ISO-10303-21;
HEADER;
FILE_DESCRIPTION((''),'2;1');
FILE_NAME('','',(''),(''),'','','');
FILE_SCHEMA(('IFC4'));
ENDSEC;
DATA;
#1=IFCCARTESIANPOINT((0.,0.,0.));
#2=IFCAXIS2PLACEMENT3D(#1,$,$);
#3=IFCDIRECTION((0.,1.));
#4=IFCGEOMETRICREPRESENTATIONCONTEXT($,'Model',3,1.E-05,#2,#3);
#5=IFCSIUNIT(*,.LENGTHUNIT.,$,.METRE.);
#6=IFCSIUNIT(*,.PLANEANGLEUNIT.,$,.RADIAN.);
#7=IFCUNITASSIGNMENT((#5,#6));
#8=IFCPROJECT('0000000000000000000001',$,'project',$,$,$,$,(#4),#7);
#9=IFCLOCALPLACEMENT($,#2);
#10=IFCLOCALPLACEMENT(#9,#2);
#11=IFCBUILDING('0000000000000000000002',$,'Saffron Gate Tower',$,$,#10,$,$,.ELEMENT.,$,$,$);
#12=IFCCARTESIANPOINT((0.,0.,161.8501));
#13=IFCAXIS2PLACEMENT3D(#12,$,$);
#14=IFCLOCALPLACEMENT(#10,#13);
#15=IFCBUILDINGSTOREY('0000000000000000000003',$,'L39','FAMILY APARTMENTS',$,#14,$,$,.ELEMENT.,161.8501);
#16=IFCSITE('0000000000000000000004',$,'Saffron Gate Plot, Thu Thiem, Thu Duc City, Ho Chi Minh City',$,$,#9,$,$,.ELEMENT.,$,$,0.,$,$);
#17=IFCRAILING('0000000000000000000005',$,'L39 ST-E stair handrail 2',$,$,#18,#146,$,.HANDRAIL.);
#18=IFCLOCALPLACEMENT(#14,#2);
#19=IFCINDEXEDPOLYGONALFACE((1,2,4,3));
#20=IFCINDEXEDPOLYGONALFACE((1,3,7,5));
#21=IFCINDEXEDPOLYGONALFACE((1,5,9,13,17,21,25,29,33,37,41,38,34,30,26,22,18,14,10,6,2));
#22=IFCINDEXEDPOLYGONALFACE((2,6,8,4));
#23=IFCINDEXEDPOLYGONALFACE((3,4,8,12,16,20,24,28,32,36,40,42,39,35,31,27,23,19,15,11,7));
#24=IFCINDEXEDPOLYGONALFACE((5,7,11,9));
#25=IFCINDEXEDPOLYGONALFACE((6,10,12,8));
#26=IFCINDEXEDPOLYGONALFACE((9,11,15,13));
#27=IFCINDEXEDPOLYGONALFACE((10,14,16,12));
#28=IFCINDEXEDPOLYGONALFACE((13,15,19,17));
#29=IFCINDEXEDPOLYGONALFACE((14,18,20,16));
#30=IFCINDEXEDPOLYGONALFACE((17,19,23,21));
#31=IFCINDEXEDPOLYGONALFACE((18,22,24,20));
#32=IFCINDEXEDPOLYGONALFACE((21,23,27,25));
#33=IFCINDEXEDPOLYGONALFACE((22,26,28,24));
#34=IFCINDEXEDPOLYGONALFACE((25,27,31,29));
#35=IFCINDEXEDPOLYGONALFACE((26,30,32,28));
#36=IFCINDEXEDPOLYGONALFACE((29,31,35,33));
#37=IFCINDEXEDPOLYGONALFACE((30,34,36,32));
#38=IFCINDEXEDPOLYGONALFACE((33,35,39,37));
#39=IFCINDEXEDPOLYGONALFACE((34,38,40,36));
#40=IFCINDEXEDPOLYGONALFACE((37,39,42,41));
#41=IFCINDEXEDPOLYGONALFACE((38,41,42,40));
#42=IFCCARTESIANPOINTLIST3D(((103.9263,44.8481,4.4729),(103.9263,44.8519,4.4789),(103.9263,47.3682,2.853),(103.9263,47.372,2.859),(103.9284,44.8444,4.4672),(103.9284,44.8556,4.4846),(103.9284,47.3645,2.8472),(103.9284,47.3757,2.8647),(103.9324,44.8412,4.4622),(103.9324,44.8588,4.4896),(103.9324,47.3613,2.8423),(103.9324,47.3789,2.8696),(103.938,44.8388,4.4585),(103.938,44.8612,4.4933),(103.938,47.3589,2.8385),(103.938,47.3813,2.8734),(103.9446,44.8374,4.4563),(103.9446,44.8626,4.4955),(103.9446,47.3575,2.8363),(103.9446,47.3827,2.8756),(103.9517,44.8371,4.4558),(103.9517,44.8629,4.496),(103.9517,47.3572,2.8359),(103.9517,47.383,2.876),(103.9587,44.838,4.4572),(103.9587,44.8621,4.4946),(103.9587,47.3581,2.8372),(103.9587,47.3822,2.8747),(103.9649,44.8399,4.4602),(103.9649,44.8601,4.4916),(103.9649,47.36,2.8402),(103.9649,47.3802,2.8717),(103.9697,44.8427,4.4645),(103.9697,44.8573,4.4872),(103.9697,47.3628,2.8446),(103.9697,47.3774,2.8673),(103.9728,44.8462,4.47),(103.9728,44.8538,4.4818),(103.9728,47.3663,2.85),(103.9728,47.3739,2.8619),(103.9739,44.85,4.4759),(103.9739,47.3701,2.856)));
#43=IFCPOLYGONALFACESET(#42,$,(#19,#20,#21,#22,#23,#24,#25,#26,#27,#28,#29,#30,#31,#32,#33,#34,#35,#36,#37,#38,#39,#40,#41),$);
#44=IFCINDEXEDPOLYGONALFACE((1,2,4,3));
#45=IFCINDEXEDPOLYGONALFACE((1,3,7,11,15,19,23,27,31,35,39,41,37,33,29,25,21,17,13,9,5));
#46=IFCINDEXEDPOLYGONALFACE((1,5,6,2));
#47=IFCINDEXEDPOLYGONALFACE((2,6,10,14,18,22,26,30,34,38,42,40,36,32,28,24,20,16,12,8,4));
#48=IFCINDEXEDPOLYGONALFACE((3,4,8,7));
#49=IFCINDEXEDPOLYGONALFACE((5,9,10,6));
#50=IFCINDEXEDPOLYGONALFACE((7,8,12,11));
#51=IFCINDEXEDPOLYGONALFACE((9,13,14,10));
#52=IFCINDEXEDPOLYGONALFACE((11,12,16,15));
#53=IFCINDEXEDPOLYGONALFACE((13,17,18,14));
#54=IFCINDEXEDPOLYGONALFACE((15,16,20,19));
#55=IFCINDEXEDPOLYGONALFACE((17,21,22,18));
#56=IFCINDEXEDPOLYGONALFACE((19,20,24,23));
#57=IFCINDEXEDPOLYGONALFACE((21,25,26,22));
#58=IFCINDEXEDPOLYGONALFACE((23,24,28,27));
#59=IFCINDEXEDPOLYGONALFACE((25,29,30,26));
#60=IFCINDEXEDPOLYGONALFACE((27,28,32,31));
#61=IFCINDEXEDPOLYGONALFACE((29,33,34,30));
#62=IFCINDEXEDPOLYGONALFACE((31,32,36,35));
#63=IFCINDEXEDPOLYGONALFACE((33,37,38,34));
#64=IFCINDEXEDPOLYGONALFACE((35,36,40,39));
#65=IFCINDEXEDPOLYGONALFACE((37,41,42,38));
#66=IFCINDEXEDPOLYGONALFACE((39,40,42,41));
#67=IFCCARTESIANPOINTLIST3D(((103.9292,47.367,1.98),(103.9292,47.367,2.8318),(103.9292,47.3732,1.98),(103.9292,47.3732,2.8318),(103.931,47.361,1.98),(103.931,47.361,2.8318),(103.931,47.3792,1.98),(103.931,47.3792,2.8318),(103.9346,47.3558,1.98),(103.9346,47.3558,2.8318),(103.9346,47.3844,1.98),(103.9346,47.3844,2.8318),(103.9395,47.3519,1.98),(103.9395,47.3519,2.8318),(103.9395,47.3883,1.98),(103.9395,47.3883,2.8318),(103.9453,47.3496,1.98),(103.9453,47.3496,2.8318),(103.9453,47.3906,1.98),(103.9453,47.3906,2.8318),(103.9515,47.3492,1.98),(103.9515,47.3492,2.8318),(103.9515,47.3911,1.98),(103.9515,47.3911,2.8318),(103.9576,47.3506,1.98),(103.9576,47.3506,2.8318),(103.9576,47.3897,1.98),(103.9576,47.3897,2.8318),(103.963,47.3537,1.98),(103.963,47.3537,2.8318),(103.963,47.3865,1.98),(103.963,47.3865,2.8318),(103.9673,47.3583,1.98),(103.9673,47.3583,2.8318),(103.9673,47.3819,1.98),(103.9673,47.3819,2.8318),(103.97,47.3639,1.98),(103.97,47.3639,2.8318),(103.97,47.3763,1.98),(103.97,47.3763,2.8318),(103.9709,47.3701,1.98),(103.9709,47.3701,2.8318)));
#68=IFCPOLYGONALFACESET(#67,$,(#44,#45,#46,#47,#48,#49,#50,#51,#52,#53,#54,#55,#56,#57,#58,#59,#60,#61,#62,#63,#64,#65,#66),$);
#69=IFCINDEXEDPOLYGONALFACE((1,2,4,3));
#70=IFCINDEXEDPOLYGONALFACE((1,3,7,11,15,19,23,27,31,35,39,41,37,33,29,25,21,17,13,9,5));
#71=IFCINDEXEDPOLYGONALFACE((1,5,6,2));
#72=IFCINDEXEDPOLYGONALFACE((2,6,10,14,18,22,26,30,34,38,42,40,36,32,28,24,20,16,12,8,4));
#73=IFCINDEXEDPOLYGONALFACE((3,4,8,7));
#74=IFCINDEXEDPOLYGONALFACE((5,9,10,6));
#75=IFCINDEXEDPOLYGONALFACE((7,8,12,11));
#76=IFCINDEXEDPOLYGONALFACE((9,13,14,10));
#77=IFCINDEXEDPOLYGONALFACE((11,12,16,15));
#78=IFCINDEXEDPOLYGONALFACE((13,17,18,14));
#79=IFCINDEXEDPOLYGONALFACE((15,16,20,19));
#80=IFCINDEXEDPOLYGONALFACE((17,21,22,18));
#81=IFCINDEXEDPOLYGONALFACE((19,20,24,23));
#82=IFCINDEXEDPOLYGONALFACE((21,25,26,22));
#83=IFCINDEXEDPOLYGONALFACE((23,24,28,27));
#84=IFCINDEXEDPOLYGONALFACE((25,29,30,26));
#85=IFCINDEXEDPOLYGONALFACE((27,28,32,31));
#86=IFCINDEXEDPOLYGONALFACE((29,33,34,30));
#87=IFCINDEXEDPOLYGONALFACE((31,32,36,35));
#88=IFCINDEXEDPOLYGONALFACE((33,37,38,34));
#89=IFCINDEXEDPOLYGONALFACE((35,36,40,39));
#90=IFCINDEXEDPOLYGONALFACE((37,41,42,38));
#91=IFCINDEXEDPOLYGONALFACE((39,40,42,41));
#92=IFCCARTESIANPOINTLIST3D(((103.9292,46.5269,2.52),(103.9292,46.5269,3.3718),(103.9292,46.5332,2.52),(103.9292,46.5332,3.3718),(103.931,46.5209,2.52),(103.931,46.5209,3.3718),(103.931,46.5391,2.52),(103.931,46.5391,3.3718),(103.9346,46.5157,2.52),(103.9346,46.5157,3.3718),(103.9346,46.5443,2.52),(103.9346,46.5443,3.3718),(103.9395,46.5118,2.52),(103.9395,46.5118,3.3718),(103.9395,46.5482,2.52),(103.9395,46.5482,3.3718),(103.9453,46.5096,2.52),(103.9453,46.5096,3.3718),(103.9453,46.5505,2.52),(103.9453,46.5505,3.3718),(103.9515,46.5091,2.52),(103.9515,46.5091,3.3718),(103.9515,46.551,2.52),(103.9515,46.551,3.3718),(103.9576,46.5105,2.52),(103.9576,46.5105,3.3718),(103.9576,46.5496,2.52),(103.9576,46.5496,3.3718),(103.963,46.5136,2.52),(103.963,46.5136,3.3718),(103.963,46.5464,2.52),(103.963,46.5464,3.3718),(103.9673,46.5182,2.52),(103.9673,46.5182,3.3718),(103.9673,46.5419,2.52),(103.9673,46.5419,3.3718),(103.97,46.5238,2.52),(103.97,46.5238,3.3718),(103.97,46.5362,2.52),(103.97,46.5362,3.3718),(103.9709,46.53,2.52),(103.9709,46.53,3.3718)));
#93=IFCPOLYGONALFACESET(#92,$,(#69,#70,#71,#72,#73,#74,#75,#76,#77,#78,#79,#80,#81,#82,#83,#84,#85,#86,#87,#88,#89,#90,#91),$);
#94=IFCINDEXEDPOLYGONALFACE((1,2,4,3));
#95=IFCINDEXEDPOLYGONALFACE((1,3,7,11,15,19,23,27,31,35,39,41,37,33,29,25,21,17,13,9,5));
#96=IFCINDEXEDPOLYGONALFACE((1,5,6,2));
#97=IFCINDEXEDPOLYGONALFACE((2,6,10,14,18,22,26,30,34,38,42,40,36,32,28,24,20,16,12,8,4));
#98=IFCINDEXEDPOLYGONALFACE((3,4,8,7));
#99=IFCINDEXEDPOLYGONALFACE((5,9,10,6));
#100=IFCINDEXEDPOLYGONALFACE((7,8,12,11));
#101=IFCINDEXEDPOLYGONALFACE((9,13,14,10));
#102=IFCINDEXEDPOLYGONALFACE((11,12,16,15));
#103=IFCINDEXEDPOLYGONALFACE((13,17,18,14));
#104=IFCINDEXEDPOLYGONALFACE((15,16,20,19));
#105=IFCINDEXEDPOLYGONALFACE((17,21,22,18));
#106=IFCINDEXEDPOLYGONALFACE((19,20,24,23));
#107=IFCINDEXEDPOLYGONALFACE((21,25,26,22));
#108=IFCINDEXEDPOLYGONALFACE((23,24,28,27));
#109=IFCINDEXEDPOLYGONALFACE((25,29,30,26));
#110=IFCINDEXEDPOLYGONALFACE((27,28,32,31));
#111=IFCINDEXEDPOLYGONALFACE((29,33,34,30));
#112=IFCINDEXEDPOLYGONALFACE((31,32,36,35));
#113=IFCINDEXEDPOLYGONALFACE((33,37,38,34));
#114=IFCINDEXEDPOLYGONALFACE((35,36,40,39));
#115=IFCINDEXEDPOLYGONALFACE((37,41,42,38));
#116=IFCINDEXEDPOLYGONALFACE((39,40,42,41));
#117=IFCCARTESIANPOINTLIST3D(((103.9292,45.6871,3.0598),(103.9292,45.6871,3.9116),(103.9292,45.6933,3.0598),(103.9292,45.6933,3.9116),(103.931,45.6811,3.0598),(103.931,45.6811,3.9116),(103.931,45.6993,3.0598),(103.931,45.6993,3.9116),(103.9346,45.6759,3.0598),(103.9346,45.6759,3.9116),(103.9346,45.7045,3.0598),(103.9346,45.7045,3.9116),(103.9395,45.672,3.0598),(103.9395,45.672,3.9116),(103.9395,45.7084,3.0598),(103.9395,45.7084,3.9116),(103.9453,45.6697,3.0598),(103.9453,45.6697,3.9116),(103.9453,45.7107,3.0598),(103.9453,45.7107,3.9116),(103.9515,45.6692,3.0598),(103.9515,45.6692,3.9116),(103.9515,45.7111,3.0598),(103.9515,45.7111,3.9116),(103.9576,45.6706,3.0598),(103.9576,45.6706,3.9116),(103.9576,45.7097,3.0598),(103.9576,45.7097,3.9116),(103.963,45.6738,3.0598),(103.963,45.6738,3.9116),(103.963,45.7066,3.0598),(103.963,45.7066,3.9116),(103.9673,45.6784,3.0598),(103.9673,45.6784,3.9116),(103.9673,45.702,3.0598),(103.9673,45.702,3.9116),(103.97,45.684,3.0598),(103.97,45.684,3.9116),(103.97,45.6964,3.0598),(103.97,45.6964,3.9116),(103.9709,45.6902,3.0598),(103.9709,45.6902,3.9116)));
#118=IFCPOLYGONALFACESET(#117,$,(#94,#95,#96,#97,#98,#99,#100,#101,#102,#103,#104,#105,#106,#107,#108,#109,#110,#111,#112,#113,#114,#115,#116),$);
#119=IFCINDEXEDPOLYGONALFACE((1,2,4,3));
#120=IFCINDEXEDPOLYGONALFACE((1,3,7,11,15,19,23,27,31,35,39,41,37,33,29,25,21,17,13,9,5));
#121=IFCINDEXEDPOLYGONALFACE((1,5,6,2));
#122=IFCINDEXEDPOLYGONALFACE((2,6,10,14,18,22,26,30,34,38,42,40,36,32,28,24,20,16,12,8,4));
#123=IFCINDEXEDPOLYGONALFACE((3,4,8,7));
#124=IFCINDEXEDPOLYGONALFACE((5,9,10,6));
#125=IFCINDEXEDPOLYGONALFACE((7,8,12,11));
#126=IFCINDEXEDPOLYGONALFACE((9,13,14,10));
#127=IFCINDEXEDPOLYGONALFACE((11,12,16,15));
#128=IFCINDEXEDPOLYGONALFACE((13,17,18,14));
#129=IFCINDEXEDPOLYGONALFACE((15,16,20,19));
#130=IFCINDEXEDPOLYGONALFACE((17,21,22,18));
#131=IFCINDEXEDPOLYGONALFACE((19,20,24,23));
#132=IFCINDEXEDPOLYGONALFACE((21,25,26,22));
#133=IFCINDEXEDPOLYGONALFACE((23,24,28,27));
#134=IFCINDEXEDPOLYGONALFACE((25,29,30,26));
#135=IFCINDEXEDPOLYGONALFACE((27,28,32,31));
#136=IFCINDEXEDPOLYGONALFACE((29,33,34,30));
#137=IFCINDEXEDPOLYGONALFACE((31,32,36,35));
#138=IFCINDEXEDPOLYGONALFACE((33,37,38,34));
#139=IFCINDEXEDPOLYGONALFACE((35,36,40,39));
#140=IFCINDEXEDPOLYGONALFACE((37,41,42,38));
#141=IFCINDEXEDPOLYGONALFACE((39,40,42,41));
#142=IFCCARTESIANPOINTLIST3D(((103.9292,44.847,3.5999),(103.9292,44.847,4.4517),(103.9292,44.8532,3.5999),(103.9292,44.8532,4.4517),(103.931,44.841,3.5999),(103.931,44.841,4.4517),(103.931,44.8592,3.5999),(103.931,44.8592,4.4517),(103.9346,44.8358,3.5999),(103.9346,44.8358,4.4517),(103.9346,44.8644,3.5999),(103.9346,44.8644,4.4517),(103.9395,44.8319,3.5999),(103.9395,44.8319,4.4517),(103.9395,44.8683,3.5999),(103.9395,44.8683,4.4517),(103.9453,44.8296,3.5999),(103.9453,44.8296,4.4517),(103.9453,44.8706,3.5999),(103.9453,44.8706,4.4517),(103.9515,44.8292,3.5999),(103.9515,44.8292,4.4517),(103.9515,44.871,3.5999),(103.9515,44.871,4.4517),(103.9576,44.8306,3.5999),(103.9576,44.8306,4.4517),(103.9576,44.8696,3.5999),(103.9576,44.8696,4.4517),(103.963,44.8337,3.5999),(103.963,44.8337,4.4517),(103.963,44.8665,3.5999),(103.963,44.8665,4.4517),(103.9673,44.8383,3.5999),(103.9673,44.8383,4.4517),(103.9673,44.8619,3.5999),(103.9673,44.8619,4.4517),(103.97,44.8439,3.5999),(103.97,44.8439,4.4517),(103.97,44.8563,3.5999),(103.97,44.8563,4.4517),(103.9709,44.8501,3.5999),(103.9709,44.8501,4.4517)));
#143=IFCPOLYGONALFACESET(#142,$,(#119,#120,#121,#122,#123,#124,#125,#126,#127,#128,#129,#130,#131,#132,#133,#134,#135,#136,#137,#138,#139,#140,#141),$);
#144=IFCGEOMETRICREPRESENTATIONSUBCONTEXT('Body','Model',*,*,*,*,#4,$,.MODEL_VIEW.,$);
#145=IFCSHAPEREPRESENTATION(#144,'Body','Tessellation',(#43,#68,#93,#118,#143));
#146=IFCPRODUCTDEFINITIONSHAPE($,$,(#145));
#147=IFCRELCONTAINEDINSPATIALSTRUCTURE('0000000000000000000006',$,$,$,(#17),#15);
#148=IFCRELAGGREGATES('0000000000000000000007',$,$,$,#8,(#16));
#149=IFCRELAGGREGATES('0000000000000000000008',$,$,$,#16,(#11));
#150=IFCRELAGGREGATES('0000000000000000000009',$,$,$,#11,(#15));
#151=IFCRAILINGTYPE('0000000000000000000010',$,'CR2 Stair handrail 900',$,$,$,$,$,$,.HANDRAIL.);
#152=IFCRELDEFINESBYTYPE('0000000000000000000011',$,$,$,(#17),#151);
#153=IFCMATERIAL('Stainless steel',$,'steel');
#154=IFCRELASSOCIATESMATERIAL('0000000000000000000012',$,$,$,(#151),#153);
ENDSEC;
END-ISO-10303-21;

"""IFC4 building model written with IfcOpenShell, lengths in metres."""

from ifc_helpers import new_model, si_unit, direction, frame, origin, origin_2d, place, context, subcontext, project, spatial, circle, extrude, material, type_object, element, save


model = new_model("IFC4")

# Units and contexts
model_context = context("Model", 3, precision=1e-05, world=origin(), true_north=direction((0.0, 1.0)))
body_context = subcontext(model_context, "Body", "Model", "MODEL_VIEW")
ifc_project = project(units=[si_unit("LENGTHUNIT", "METRE"), si_unit("PLANEANGLEUNIT", "RADIAN")], contexts=[model_context])

# Site, building, storey
site_placement = place(None, origin())
site = spatial("IfcSite", under=ifc_project, at=site_placement, Name="Saffron Gate Plot, Thu Thiem, Thu Duc City, Ho Chi Minh City", CompositionType="ELEMENT", RefElevation=0.0)
building_placement = place(site_placement, origin())
building = spatial("IfcBuilding", under=site, at=building_placement, Name="Saffron Gate Tower", CompositionType="ELEMENT")
storey_placement = place(building_placement, frame((0.0, 0.0, 161.8501)))
storey = spatial("IfcBuildingStorey", under=building, at=storey_placement, Name="L39", Description="FAMILY APARTMENTS", CompositionType="ELEMENT", Elevation=161.8501)

# Railing
ifc_material_1 = material(Name="Stainless steel", Category="steel")
railing_type_1 = type_object("IfcRailingType", Name="CR2 Stair handrail 900", PredefinedType="HANDRAIL", material=ifc_material_1)
railing_1_placement = place(storey_placement, frame((103.95, 47.3701, 1.98)))
element("IfcRailing", 1, at=railing_1_placement, inside=storey, type_object=railing_type_1, Name="L39 ST-E stair handrail 2", PredefinedType="HANDRAIL", context=body_context, shape_type="SweptSolid", body=[
    extrude(circle(Radius=0.0239, at=origin_2d()), frame((0.0, 0.0, 0.876), z_axis=(0.0, -0.8412, 0.540725), x_axis=(1.0, 0.0, 0.0)), (0.0, 0.0, 1.0), 2.9958),
    extrude(circle(Radius=0.021, at=origin_2d()), origin(), (0.0, 0.0, 1.0), 0.8518),
    extrude(circle(Radius=0.021, at=origin_2d()), frame((0.0, -0.8401, 0.54)), (0.0, 0.0, 1.0), 0.8518),
    extrude(circle(Radius=0.021, at=origin_2d()), frame((0.0, -1.6799, 1.0798)), (0.0, 0.0, 1.0), 0.8518),
    extrude(circle(Radius=0.021, at=origin_2d()), frame((0.0, -2.52, 1.6199)), (0.0, 0.0, 1.0), 0.8518),
])

save(model, "model.ifc")
